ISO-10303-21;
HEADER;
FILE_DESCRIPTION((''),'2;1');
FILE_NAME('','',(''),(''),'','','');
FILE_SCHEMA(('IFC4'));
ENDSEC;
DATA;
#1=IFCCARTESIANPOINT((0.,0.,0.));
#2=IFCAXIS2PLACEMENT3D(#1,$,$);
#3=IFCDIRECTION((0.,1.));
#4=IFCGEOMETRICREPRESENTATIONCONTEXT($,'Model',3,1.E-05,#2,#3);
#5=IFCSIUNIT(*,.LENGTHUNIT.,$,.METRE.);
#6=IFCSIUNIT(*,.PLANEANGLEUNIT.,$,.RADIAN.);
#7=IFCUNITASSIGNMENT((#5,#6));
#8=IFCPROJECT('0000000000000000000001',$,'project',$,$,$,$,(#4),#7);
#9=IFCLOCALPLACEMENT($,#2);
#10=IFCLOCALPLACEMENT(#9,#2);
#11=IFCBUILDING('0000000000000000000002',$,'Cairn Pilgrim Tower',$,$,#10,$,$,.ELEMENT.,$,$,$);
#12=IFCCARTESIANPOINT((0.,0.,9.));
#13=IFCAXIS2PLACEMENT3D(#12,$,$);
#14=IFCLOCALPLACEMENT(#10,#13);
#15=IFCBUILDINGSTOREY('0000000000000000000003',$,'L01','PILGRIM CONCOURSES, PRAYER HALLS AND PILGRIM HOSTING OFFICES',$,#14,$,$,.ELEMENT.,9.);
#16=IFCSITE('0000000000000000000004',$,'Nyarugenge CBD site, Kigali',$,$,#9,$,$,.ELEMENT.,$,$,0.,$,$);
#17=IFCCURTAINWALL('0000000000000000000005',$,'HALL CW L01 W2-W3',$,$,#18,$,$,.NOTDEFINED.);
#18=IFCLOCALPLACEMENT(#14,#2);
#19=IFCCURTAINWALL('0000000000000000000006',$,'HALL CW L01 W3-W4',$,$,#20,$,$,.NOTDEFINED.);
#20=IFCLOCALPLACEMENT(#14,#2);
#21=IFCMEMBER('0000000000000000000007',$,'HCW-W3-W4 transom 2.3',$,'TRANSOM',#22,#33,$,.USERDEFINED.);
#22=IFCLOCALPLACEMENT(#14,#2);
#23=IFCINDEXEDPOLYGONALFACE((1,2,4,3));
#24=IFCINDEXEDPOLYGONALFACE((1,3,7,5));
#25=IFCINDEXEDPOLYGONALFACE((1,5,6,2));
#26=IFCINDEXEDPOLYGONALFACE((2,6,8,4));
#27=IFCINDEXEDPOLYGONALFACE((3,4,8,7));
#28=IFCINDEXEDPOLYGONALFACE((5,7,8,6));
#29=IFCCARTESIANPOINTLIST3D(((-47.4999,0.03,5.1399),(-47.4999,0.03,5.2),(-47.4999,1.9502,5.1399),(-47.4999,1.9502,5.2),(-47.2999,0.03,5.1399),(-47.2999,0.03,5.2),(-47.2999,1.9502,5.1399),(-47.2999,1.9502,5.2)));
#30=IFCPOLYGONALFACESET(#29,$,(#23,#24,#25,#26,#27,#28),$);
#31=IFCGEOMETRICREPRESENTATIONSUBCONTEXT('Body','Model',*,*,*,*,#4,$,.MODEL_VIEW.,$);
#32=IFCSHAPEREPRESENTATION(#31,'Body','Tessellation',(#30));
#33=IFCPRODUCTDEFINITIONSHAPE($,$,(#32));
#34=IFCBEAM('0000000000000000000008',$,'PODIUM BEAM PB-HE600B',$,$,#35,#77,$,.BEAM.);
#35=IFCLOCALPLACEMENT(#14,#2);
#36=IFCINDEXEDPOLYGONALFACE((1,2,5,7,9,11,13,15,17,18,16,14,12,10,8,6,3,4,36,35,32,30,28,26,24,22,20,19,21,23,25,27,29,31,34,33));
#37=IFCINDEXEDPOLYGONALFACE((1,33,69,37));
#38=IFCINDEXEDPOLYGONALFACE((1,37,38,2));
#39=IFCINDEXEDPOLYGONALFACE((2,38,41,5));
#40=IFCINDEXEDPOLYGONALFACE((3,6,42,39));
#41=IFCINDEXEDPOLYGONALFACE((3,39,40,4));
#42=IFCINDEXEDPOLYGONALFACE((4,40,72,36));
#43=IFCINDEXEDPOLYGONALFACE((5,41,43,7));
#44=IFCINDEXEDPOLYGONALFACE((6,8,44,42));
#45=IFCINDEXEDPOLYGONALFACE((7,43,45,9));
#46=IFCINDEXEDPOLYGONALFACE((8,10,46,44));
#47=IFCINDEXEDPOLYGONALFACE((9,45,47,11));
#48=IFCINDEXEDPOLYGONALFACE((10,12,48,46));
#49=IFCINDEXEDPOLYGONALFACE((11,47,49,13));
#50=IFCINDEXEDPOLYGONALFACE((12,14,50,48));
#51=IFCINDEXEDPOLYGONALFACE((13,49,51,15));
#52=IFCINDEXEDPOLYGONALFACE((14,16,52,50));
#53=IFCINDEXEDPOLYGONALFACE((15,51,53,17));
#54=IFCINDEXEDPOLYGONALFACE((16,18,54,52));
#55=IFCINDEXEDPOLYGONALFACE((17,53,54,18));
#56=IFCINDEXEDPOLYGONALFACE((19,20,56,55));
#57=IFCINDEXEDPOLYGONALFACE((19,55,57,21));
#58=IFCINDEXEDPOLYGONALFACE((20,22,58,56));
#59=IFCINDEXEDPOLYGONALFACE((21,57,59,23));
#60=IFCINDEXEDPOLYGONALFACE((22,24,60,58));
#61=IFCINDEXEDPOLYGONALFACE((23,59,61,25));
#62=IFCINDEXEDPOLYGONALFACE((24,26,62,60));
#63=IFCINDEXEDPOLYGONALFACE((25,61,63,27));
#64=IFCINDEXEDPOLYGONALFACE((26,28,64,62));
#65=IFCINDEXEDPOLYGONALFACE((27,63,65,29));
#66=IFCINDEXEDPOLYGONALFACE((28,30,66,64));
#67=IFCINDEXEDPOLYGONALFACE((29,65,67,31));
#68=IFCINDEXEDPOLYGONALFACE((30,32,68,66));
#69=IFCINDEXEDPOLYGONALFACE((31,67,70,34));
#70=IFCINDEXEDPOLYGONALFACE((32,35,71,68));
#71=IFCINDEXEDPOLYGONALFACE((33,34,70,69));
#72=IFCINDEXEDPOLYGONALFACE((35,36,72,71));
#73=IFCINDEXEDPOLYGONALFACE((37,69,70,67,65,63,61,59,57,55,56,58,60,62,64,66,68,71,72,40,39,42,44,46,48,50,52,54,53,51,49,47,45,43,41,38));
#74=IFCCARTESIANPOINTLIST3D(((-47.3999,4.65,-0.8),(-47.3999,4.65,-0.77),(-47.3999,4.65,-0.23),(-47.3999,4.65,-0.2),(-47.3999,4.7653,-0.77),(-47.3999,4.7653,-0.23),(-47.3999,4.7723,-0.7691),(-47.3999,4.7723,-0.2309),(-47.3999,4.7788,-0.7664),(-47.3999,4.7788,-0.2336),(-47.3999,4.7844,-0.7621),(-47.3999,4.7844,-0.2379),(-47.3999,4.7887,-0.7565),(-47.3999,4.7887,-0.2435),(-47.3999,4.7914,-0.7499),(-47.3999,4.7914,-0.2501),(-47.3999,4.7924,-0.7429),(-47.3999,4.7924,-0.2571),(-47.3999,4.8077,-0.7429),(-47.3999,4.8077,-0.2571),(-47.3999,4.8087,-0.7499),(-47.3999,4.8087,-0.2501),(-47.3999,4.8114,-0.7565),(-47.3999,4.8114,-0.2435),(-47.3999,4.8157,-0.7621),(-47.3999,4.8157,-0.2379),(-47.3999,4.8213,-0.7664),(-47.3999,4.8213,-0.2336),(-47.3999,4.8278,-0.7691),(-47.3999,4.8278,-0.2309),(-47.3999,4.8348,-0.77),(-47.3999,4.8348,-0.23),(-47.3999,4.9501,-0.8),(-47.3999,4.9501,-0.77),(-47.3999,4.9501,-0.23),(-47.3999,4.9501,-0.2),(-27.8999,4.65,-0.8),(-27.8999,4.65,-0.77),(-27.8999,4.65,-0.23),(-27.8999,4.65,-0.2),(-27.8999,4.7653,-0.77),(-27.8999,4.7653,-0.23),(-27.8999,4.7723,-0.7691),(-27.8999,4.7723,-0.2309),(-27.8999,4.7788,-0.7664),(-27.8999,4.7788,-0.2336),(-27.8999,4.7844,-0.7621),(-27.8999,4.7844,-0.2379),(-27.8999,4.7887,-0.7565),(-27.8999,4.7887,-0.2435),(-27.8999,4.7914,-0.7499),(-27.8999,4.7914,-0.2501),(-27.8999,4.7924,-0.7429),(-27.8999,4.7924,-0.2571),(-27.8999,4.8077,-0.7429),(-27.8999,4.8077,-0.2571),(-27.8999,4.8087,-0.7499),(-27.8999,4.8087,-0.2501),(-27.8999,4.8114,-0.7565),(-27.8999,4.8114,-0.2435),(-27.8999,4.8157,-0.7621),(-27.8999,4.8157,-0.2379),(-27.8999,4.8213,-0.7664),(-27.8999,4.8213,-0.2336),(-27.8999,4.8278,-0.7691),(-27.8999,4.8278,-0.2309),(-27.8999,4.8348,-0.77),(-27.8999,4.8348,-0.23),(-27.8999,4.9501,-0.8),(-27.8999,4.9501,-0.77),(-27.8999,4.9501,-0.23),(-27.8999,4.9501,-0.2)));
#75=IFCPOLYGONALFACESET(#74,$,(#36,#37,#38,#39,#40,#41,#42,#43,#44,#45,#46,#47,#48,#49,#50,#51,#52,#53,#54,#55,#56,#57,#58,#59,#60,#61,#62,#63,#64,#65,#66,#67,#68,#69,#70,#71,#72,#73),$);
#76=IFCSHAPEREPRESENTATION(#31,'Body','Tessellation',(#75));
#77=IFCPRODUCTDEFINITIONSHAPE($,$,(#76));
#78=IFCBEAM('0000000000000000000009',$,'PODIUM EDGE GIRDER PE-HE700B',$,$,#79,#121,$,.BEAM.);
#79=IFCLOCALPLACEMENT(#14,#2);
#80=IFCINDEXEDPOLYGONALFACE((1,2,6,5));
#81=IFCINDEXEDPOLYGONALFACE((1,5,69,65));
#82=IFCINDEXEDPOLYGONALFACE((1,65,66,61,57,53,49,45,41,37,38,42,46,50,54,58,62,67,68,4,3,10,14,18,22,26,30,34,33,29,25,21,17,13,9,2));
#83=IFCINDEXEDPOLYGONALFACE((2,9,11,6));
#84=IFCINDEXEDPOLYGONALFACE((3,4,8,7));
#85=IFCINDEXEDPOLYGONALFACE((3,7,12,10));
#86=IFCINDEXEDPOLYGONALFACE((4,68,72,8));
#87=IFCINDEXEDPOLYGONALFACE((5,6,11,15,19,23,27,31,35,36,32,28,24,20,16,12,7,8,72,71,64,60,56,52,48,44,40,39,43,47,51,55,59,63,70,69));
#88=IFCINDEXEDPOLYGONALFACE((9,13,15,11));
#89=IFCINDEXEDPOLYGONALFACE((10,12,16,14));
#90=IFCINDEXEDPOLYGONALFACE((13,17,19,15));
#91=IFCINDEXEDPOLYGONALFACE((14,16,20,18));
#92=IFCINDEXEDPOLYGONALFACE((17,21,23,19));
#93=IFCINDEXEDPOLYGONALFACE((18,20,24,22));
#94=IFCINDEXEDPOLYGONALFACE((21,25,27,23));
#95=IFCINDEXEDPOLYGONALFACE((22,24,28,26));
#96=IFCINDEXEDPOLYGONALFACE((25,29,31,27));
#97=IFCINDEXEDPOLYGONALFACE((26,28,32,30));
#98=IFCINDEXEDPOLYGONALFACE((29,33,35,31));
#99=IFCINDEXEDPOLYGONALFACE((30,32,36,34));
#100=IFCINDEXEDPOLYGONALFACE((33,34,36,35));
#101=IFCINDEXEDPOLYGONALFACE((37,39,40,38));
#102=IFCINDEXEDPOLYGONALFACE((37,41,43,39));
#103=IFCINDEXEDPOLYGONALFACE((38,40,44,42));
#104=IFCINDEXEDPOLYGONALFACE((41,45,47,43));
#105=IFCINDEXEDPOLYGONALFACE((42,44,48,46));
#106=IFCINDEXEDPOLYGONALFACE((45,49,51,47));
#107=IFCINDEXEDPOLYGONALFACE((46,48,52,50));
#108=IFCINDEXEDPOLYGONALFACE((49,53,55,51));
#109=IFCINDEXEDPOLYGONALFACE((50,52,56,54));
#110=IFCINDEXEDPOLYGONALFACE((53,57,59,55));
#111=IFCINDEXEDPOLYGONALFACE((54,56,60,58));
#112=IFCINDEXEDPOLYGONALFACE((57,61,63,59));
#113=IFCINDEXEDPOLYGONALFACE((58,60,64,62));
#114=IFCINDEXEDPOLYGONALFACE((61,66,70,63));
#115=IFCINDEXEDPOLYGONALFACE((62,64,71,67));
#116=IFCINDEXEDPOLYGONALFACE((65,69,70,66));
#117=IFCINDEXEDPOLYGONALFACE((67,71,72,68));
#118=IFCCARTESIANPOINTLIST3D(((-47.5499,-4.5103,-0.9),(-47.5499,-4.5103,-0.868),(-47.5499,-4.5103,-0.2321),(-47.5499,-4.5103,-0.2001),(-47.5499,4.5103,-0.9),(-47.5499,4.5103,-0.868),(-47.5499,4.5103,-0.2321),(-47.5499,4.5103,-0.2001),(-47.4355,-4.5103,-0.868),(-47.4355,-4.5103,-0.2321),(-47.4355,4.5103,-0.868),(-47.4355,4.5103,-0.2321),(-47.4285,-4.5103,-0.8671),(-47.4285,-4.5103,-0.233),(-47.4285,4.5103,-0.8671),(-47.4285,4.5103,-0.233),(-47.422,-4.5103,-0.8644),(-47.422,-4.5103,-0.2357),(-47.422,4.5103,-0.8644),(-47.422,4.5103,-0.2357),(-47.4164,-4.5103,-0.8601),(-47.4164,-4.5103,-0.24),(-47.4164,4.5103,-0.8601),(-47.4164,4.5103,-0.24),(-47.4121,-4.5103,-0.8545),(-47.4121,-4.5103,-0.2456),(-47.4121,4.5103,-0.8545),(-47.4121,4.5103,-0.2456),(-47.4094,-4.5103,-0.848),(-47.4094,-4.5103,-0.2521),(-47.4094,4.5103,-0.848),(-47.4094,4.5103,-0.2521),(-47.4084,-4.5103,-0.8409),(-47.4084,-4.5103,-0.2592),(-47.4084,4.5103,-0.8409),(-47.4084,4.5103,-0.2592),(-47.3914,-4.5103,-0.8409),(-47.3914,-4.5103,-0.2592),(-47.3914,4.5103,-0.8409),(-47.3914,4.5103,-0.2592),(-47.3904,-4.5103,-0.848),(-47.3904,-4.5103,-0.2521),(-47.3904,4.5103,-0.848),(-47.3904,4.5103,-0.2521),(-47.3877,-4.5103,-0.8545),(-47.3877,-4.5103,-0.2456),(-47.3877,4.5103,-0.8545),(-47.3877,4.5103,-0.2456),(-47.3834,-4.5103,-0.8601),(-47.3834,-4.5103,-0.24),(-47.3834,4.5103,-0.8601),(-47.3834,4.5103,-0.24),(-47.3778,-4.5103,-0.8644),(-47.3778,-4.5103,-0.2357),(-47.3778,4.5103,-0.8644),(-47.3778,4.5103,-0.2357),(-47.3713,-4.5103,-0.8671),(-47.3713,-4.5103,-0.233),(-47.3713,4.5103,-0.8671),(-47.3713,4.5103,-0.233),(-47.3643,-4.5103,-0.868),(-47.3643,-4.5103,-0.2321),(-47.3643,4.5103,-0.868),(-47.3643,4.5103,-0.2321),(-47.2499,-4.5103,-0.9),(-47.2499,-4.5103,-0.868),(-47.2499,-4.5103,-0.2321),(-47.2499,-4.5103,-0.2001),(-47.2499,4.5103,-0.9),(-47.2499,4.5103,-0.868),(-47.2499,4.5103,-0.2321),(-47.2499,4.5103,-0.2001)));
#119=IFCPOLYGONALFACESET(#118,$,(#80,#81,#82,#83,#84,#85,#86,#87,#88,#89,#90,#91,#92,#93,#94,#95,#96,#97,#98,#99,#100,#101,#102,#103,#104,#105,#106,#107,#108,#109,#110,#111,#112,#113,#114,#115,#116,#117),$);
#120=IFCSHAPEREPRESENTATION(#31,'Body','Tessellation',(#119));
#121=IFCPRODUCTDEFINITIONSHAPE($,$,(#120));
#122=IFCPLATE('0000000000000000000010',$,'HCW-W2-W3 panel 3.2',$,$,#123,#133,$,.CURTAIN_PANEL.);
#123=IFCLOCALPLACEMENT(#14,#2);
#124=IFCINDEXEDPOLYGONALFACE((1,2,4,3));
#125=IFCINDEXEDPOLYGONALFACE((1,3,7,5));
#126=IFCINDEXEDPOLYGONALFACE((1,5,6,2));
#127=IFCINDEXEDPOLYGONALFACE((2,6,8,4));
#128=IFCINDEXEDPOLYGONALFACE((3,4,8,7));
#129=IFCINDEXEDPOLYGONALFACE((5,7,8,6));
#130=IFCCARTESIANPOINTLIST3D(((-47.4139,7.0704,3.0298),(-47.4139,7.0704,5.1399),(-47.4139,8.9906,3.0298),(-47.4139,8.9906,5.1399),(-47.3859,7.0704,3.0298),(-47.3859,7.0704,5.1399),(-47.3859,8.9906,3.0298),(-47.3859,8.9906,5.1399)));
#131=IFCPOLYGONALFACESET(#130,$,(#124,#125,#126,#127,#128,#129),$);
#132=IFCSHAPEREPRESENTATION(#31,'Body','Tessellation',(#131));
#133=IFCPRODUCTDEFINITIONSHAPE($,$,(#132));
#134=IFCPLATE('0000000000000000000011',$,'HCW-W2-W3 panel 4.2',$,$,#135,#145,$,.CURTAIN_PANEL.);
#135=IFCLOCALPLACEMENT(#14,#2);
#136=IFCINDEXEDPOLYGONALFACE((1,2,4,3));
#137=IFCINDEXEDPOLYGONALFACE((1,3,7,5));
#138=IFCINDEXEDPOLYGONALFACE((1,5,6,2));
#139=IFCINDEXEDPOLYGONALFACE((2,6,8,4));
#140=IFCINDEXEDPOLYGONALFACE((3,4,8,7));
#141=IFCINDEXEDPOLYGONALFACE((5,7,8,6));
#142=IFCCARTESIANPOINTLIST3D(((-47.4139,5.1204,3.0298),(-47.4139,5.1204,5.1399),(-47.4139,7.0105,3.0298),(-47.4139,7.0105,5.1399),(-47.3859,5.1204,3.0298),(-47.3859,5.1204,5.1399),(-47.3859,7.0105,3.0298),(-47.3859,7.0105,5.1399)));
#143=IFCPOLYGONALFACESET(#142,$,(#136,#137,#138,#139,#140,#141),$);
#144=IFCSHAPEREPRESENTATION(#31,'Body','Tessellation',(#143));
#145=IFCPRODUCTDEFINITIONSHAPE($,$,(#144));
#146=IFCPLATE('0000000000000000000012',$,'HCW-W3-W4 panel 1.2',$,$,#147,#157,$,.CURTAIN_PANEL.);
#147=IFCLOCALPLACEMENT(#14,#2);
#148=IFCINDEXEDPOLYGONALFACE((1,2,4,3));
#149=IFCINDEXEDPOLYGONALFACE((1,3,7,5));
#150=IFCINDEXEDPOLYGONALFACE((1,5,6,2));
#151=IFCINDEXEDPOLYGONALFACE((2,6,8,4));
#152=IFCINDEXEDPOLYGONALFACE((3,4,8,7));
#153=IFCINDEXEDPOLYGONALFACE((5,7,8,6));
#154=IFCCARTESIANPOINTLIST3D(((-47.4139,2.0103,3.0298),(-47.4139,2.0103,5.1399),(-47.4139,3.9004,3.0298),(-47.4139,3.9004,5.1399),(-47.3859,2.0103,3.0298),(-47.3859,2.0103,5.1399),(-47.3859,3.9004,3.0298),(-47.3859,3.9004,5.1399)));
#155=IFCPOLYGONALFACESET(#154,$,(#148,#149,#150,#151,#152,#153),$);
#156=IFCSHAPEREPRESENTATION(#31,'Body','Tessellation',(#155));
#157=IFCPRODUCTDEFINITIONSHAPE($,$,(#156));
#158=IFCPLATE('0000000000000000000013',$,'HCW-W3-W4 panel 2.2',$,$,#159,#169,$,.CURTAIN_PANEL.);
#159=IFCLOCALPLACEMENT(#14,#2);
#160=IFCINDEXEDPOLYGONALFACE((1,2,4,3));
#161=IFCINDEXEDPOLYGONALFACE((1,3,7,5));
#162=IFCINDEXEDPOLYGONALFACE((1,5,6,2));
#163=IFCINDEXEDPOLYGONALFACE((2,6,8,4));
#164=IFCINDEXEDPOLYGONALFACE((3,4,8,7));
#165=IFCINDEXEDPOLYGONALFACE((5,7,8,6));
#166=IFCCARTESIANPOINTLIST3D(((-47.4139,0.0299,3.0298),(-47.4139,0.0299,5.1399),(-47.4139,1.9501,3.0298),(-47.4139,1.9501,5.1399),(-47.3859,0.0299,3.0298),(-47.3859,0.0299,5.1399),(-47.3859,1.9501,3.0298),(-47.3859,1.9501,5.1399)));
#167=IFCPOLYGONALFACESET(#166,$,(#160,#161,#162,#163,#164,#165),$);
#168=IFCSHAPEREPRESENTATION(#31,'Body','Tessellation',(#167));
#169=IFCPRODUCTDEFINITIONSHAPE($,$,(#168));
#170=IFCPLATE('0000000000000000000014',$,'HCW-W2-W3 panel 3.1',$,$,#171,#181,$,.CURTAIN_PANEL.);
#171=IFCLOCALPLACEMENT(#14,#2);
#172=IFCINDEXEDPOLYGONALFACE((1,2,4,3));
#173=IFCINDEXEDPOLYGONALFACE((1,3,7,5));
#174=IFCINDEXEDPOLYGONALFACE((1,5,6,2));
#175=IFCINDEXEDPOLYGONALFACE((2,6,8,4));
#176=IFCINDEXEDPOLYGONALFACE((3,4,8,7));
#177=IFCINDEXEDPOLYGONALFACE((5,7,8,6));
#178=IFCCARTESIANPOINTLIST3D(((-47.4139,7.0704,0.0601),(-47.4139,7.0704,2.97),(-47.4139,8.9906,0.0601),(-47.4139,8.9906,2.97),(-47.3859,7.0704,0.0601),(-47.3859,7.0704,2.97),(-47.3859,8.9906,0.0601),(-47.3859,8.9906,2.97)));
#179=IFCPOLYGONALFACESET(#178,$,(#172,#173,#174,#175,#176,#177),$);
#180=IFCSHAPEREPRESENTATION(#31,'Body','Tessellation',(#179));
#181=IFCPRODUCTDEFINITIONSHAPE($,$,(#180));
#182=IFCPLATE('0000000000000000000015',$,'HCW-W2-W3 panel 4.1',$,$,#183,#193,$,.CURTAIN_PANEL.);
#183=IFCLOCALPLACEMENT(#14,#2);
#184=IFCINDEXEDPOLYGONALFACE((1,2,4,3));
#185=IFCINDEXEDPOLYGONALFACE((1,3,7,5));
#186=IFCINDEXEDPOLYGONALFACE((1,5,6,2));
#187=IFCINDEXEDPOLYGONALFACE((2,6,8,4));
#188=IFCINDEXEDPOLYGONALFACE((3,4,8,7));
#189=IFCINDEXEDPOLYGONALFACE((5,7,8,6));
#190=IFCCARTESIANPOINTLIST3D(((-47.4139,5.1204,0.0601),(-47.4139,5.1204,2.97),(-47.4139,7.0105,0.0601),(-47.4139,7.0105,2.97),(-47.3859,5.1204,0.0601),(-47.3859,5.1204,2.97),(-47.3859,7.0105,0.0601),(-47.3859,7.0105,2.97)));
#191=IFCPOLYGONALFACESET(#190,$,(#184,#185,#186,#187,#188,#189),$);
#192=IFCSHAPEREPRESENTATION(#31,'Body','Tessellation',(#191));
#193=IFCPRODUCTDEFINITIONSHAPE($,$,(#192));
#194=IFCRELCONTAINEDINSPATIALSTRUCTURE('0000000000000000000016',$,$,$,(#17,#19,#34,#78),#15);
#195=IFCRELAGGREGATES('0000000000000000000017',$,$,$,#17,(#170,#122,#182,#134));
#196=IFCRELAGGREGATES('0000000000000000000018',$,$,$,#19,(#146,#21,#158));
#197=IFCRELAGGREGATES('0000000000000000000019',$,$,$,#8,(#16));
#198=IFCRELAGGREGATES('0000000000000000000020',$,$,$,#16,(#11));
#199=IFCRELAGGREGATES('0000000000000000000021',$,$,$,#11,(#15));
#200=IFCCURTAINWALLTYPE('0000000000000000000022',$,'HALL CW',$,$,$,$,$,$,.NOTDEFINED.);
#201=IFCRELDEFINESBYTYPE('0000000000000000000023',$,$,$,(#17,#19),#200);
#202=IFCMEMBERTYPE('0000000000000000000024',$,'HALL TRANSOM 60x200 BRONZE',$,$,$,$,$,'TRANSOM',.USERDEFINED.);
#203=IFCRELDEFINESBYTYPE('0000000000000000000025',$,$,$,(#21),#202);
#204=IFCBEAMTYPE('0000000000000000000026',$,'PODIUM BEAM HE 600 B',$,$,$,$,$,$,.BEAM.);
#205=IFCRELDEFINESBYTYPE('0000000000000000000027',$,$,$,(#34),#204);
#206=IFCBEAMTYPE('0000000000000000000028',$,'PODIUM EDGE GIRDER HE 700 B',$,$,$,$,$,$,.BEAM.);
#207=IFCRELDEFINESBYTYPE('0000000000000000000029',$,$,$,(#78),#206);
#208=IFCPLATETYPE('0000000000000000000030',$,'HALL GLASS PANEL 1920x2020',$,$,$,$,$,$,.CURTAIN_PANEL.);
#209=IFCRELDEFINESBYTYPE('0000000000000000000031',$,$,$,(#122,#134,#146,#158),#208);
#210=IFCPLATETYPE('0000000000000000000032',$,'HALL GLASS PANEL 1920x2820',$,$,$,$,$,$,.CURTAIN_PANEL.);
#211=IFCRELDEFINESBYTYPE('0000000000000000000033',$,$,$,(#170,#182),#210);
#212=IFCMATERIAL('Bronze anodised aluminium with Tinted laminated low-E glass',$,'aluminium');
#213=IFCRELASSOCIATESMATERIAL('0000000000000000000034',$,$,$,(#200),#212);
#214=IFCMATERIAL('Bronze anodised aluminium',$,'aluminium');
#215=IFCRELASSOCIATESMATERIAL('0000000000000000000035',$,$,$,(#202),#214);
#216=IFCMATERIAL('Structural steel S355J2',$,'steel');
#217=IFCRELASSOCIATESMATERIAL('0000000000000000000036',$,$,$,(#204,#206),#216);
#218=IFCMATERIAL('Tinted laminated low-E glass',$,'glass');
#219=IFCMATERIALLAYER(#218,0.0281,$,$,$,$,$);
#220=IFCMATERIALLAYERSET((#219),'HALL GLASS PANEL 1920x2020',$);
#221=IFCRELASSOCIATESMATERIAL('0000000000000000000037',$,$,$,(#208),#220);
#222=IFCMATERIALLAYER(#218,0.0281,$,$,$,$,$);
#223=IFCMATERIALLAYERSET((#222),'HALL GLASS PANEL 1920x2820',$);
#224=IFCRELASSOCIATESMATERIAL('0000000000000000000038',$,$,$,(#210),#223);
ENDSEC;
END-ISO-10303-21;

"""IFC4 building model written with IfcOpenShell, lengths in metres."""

from ifc_helpers import new_model, si_unit, direction, frame, origin, origin_2d, place, context, subcontext, project, spatial, rectangle, i_section, extrude, material, layer, layer_set, material_profile, profile_set, type_object, element, aggregate, save


model = new_model("IFC4")

# Units and contexts
model_context = context("Model", 3, precision=1e-05, world=origin(), true_north=direction((0.0, 1.0)))
body_context = subcontext(model_context, "Body", "Model", "MODEL_VIEW")
ifc_project = project(units=[si_unit("LENGTHUNIT", "METRE"), si_unit("PLANEANGLEUNIT", "RADIAN")], contexts=[model_context])

# Site, building, storey
site_placement = place(None, origin())
site = spatial("IfcSite", under=ifc_project, at=site_placement, Name="Nyarugenge CBD site, Kigali", CompositionType="ELEMENT", RefElevation=0.0)
building_placement = place(site_placement, origin())
building = spatial("IfcBuilding", under=site, at=building_placement, Name="Cairn Pilgrim Tower", CompositionType="ELEMENT")
storey_placement = place(building_placement, frame((0.0, 0.0, 9.0)))
storey = spatial("IfcBuildingStorey", under=building, at=storey_placement, Name="L01", Description="PILGRIM CONCOURSES, PRAYER HALLS AND PILGRIM HOSTING OFFICES", CompositionType="ELEMENT", Elevation=9.0)

# Curtain walls
ifc_material_1 = material(Name="Bronze anodised aluminium with Tinted laminated low-E glass", Category="aluminium")
curtain_wall_type = type_object("IfcCurtainWallType", Name="HALL CW", PredefinedType="NOTDEFINED", material=ifc_material_1)
curtain_wall_1_placement = place(storey_placement, origin())
curtain_wall_1 = element("IfcCurtainWall", 1, at=curtain_wall_1_placement, inside=storey, type_object=curtain_wall_type, Name="HALL CW L01 W2-W3", PredefinedType="NOTDEFINED")
ifc_material_2 = material(Name="Bronze anodised aluminium", Category="aluminium")
curtain_wall_2_placement = place(storey_placement, origin())
curtain_wall_2 = element("IfcCurtainWall", 2, at=curtain_wall_2_placement, inside=storey, type_object=curtain_wall_type, Name="HALL CW L01 W3-W4", PredefinedType="NOTDEFINED")

# Member
ifc_material_profile_1 = material_profile(ifc_material_2, rectangle(XDim=0.2, YDim=0.0601, at=origin_2d()), Name="HALL TRANSOM 60x200 BRONZE")
ifc_profile_set_1 = profile_set([ifc_material_profile_1], Name="Bronze anodised aluminium")
member_type_1 = type_object("IfcMemberType", Name="HALL TRANSOM 60x200 BRONZE", ElementType="TRANSOM", PredefinedType="USERDEFINED", material=ifc_profile_set_1)
member_1_placement = place(storey_placement, frame((-47.3999, 1.9502, 5.1699), z_axis=(0.0, -1.0, 0.0), x_axis=(1.0, 0.0, 0.0)))
member_1 = element("IfcMember", 3, at=member_1_placement, type_object=member_type_1, Name="HCW-W3-W4 transom 2.3", ObjectType="TRANSOM", PredefinedType="USERDEFINED", context=body_context, shape_type="SweptSolid", body=[
    extrude(rectangle(XDim=0.2, YDim=0.0601, at=origin_2d()), origin(), (0.0, 0.0, 1.0), 1.9202),
])

# Beams
ifc_material_3 = material(Name="Structural steel S355J2", Category="steel")
ifc_material_profile_2 = material_profile(ifc_material_3, i_section(OverallWidth=0.3, OverallDepth=0.6001, WebThickness=0.0154, FlangeThickness=0.03, FilletRadius=0.0271, at=origin_2d()), Name="HEB 600")
ifc_profile_set_2 = profile_set([ifc_material_profile_2], Name="Structural steel S355J2")
beam_type_1 = type_object("IfcBeamType", Name="PODIUM BEAM HE 600 B", PredefinedType="BEAM", material=ifc_profile_set_2)
beam_1_placement = place(storey_placement, frame((-47.3999, 4.8, -0.5), z_axis=(1.0, 0.0, 0.0), x_axis=(0.0, 1.0, 0.0)))
element("IfcBeam", 4, at=beam_1_placement, inside=storey, type_object=beam_type_1, Name="PODIUM BEAM PB-HE600B", PredefinedType="BEAM", context=body_context, shape_type="SweptSolid", body=[
    extrude(i_section(OverallWidth=0.3, OverallDepth=0.6001, WebThickness=0.0154, FlangeThickness=0.03, FilletRadius=0.0271, at=origin_2d()), origin(), (0.0, 0.0, 1.0), 19.5),
])
ifc_material_profile_3 = material_profile(ifc_material_3, i_section(OverallWidth=0.3, OverallDepth=0.7, WebThickness=0.0171, FlangeThickness=0.032, FilletRadius=0.0271, at=origin_2d()), Name="HEB 700")
ifc_profile_set_3 = profile_set([ifc_material_profile_3], Name="Structural steel S355J2")
beam_type_2 = type_object("IfcBeamType", Name="PODIUM EDGE GIRDER HE 700 B", PredefinedType="BEAM", material=ifc_profile_set_3)
beam_2_placement = place(storey_placement, frame((-47.3999, 4.5103, -0.55), z_axis=(0.0, -1.0, 0.0), x_axis=(1.0, 0.0, 0.0)))
element("IfcBeam", 5, at=beam_2_placement, inside=storey, type_object=beam_type_2, Name="PODIUM EDGE GIRDER PE-HE700B", PredefinedType="BEAM", context=body_context, shape_type="SweptSolid", body=[
    extrude(i_section(OverallWidth=0.3, OverallDepth=0.7, WebThickness=0.0171, FlangeThickness=0.032, FilletRadius=0.0271, at=origin_2d()), origin(), (0.0, 0.0, 1.0), 9.0205),
])

# Plates
ifc_material_4 = material(Name="Tinted laminated low-E glass", Category="glass")
ifc_layer_1 = layer(ifc_material_4, 0.0281)
ifc_layer_set_1 = layer_set([ifc_layer_1], Name="HALL GLASS PANEL 1920x2020")
plate_type_1 = type_object("IfcPlateType", Name="HALL GLASS PANEL 1920x2020", PredefinedType="CURTAIN_PANEL", material=ifc_layer_set_1)
plate_1_placement = place(storey_placement, frame((-47.3999, 8.0305, 3.0298), z_axis=(0.0, 0.0, 1.0), x_axis=(0.0, -1.0, 0.0)))
plate_1 = element("IfcPlate", 6, at=plate_1_placement, type_object=plate_type_1, Name="HCW-W2-W3 panel 3.2", PredefinedType="CURTAIN_PANEL", context=body_context, shape_type="SweptSolid", body=[
    extrude(rectangle(XDim=1.9202, YDim=0.0281, at=origin_2d()), origin(), (0.0, 0.0, 1.0), 2.1101),
])
plate_2_placement = place(storey_placement, frame((-47.3999, 6.0654, 3.0298), z_axis=(0.0, 0.0, 1.0), x_axis=(0.0, -1.0, 0.0)))
plate_2 = element("IfcPlate", 7, at=plate_2_placement, type_object=plate_type_1, Name="HCW-W2-W3 panel 4.2", PredefinedType="CURTAIN_PANEL", context=body_context, shape_type="SweptSolid", body=[
    extrude(rectangle(XDim=1.8901, YDim=0.0281, at=origin_2d()), origin(), (0.0, 0.0, 1.0), 2.1101),
])
plate_3_placement = place(storey_placement, frame((-47.3999, 2.9553, 3.0298), z_axis=(0.0, 0.0, 1.0), x_axis=(0.0, -1.0, 0.0)))
plate_3 = element("IfcPlate", 8, at=plate_3_placement, type_object=plate_type_1, Name="HCW-W3-W4 panel 1.2", PredefinedType="CURTAIN_PANEL", context=body_context, shape_type="SweptSolid", body=[
    extrude(rectangle(XDim=1.8901, YDim=0.0281, at=origin_2d()), origin(), (0.0, 0.0, 1.0), 2.1101),
])
plate_4_placement = place(storey_placement, frame((-47.3999, 0.99, 3.0298), z_axis=(0.0, 0.0, 1.0), x_axis=(0.0, -1.0, 0.0)))
plate_4 = element("IfcPlate", 9, at=plate_4_placement, type_object=plate_type_1, Name="HCW-W3-W4 panel 2.2", PredefinedType="CURTAIN_PANEL", context=body_context, shape_type="SweptSolid", body=[
    extrude(rectangle(XDim=1.9202, YDim=0.0281, at=origin_2d()), origin(), (0.0, 0.0, 1.0), 2.1101),
])
ifc_layer_2 = layer(ifc_material_4, 0.0281)
ifc_layer_set_2 = layer_set([ifc_layer_2], Name="HALL GLASS PANEL 1920x2820")
plate_type_2 = type_object("IfcPlateType", Name="HALL GLASS PANEL 1920x2820", PredefinedType="CURTAIN_PANEL", material=ifc_layer_set_2)
plate_5_placement = place(storey_placement, frame((-47.3999, 8.0305, 0.0601), z_axis=(0.0, 0.0, 1.0), x_axis=(0.0, -1.0, 0.0)))
plate_5 = element("IfcPlate", 10, at=plate_5_placement, type_object=plate_type_2, Name="HCW-W2-W3 panel 3.1", PredefinedType="CURTAIN_PANEL", context=body_context, shape_type="SweptSolid", body=[
    extrude(rectangle(XDim=1.9202, YDim=0.0281, at=origin_2d()), origin(), (0.0, 0.0, 1.0), 2.9099),
])
plate_6_placement = place(storey_placement, frame((-47.3999, 6.0654, 0.0601), z_axis=(0.0, 0.0, 1.0), x_axis=(0.0, -1.0, 0.0)))
plate_6 = element("IfcPlate", 11, at=plate_6_placement, type_object=plate_type_2, Name="HCW-W2-W3 panel 4.1", PredefinedType="CURTAIN_PANEL", context=body_context, shape_type="SweptSolid", body=[
    extrude(rectangle(XDim=1.8901, YDim=0.0281, at=origin_2d()), origin(), (0.0, 0.0, 1.0), 2.9099),
])
aggregate(curtain_wall_1, [plate_5, plate_1, plate_6, plate_2])
aggregate(curtain_wall_2, [plate_3, member_1, plate_4])

save(model, "model.ifc")
